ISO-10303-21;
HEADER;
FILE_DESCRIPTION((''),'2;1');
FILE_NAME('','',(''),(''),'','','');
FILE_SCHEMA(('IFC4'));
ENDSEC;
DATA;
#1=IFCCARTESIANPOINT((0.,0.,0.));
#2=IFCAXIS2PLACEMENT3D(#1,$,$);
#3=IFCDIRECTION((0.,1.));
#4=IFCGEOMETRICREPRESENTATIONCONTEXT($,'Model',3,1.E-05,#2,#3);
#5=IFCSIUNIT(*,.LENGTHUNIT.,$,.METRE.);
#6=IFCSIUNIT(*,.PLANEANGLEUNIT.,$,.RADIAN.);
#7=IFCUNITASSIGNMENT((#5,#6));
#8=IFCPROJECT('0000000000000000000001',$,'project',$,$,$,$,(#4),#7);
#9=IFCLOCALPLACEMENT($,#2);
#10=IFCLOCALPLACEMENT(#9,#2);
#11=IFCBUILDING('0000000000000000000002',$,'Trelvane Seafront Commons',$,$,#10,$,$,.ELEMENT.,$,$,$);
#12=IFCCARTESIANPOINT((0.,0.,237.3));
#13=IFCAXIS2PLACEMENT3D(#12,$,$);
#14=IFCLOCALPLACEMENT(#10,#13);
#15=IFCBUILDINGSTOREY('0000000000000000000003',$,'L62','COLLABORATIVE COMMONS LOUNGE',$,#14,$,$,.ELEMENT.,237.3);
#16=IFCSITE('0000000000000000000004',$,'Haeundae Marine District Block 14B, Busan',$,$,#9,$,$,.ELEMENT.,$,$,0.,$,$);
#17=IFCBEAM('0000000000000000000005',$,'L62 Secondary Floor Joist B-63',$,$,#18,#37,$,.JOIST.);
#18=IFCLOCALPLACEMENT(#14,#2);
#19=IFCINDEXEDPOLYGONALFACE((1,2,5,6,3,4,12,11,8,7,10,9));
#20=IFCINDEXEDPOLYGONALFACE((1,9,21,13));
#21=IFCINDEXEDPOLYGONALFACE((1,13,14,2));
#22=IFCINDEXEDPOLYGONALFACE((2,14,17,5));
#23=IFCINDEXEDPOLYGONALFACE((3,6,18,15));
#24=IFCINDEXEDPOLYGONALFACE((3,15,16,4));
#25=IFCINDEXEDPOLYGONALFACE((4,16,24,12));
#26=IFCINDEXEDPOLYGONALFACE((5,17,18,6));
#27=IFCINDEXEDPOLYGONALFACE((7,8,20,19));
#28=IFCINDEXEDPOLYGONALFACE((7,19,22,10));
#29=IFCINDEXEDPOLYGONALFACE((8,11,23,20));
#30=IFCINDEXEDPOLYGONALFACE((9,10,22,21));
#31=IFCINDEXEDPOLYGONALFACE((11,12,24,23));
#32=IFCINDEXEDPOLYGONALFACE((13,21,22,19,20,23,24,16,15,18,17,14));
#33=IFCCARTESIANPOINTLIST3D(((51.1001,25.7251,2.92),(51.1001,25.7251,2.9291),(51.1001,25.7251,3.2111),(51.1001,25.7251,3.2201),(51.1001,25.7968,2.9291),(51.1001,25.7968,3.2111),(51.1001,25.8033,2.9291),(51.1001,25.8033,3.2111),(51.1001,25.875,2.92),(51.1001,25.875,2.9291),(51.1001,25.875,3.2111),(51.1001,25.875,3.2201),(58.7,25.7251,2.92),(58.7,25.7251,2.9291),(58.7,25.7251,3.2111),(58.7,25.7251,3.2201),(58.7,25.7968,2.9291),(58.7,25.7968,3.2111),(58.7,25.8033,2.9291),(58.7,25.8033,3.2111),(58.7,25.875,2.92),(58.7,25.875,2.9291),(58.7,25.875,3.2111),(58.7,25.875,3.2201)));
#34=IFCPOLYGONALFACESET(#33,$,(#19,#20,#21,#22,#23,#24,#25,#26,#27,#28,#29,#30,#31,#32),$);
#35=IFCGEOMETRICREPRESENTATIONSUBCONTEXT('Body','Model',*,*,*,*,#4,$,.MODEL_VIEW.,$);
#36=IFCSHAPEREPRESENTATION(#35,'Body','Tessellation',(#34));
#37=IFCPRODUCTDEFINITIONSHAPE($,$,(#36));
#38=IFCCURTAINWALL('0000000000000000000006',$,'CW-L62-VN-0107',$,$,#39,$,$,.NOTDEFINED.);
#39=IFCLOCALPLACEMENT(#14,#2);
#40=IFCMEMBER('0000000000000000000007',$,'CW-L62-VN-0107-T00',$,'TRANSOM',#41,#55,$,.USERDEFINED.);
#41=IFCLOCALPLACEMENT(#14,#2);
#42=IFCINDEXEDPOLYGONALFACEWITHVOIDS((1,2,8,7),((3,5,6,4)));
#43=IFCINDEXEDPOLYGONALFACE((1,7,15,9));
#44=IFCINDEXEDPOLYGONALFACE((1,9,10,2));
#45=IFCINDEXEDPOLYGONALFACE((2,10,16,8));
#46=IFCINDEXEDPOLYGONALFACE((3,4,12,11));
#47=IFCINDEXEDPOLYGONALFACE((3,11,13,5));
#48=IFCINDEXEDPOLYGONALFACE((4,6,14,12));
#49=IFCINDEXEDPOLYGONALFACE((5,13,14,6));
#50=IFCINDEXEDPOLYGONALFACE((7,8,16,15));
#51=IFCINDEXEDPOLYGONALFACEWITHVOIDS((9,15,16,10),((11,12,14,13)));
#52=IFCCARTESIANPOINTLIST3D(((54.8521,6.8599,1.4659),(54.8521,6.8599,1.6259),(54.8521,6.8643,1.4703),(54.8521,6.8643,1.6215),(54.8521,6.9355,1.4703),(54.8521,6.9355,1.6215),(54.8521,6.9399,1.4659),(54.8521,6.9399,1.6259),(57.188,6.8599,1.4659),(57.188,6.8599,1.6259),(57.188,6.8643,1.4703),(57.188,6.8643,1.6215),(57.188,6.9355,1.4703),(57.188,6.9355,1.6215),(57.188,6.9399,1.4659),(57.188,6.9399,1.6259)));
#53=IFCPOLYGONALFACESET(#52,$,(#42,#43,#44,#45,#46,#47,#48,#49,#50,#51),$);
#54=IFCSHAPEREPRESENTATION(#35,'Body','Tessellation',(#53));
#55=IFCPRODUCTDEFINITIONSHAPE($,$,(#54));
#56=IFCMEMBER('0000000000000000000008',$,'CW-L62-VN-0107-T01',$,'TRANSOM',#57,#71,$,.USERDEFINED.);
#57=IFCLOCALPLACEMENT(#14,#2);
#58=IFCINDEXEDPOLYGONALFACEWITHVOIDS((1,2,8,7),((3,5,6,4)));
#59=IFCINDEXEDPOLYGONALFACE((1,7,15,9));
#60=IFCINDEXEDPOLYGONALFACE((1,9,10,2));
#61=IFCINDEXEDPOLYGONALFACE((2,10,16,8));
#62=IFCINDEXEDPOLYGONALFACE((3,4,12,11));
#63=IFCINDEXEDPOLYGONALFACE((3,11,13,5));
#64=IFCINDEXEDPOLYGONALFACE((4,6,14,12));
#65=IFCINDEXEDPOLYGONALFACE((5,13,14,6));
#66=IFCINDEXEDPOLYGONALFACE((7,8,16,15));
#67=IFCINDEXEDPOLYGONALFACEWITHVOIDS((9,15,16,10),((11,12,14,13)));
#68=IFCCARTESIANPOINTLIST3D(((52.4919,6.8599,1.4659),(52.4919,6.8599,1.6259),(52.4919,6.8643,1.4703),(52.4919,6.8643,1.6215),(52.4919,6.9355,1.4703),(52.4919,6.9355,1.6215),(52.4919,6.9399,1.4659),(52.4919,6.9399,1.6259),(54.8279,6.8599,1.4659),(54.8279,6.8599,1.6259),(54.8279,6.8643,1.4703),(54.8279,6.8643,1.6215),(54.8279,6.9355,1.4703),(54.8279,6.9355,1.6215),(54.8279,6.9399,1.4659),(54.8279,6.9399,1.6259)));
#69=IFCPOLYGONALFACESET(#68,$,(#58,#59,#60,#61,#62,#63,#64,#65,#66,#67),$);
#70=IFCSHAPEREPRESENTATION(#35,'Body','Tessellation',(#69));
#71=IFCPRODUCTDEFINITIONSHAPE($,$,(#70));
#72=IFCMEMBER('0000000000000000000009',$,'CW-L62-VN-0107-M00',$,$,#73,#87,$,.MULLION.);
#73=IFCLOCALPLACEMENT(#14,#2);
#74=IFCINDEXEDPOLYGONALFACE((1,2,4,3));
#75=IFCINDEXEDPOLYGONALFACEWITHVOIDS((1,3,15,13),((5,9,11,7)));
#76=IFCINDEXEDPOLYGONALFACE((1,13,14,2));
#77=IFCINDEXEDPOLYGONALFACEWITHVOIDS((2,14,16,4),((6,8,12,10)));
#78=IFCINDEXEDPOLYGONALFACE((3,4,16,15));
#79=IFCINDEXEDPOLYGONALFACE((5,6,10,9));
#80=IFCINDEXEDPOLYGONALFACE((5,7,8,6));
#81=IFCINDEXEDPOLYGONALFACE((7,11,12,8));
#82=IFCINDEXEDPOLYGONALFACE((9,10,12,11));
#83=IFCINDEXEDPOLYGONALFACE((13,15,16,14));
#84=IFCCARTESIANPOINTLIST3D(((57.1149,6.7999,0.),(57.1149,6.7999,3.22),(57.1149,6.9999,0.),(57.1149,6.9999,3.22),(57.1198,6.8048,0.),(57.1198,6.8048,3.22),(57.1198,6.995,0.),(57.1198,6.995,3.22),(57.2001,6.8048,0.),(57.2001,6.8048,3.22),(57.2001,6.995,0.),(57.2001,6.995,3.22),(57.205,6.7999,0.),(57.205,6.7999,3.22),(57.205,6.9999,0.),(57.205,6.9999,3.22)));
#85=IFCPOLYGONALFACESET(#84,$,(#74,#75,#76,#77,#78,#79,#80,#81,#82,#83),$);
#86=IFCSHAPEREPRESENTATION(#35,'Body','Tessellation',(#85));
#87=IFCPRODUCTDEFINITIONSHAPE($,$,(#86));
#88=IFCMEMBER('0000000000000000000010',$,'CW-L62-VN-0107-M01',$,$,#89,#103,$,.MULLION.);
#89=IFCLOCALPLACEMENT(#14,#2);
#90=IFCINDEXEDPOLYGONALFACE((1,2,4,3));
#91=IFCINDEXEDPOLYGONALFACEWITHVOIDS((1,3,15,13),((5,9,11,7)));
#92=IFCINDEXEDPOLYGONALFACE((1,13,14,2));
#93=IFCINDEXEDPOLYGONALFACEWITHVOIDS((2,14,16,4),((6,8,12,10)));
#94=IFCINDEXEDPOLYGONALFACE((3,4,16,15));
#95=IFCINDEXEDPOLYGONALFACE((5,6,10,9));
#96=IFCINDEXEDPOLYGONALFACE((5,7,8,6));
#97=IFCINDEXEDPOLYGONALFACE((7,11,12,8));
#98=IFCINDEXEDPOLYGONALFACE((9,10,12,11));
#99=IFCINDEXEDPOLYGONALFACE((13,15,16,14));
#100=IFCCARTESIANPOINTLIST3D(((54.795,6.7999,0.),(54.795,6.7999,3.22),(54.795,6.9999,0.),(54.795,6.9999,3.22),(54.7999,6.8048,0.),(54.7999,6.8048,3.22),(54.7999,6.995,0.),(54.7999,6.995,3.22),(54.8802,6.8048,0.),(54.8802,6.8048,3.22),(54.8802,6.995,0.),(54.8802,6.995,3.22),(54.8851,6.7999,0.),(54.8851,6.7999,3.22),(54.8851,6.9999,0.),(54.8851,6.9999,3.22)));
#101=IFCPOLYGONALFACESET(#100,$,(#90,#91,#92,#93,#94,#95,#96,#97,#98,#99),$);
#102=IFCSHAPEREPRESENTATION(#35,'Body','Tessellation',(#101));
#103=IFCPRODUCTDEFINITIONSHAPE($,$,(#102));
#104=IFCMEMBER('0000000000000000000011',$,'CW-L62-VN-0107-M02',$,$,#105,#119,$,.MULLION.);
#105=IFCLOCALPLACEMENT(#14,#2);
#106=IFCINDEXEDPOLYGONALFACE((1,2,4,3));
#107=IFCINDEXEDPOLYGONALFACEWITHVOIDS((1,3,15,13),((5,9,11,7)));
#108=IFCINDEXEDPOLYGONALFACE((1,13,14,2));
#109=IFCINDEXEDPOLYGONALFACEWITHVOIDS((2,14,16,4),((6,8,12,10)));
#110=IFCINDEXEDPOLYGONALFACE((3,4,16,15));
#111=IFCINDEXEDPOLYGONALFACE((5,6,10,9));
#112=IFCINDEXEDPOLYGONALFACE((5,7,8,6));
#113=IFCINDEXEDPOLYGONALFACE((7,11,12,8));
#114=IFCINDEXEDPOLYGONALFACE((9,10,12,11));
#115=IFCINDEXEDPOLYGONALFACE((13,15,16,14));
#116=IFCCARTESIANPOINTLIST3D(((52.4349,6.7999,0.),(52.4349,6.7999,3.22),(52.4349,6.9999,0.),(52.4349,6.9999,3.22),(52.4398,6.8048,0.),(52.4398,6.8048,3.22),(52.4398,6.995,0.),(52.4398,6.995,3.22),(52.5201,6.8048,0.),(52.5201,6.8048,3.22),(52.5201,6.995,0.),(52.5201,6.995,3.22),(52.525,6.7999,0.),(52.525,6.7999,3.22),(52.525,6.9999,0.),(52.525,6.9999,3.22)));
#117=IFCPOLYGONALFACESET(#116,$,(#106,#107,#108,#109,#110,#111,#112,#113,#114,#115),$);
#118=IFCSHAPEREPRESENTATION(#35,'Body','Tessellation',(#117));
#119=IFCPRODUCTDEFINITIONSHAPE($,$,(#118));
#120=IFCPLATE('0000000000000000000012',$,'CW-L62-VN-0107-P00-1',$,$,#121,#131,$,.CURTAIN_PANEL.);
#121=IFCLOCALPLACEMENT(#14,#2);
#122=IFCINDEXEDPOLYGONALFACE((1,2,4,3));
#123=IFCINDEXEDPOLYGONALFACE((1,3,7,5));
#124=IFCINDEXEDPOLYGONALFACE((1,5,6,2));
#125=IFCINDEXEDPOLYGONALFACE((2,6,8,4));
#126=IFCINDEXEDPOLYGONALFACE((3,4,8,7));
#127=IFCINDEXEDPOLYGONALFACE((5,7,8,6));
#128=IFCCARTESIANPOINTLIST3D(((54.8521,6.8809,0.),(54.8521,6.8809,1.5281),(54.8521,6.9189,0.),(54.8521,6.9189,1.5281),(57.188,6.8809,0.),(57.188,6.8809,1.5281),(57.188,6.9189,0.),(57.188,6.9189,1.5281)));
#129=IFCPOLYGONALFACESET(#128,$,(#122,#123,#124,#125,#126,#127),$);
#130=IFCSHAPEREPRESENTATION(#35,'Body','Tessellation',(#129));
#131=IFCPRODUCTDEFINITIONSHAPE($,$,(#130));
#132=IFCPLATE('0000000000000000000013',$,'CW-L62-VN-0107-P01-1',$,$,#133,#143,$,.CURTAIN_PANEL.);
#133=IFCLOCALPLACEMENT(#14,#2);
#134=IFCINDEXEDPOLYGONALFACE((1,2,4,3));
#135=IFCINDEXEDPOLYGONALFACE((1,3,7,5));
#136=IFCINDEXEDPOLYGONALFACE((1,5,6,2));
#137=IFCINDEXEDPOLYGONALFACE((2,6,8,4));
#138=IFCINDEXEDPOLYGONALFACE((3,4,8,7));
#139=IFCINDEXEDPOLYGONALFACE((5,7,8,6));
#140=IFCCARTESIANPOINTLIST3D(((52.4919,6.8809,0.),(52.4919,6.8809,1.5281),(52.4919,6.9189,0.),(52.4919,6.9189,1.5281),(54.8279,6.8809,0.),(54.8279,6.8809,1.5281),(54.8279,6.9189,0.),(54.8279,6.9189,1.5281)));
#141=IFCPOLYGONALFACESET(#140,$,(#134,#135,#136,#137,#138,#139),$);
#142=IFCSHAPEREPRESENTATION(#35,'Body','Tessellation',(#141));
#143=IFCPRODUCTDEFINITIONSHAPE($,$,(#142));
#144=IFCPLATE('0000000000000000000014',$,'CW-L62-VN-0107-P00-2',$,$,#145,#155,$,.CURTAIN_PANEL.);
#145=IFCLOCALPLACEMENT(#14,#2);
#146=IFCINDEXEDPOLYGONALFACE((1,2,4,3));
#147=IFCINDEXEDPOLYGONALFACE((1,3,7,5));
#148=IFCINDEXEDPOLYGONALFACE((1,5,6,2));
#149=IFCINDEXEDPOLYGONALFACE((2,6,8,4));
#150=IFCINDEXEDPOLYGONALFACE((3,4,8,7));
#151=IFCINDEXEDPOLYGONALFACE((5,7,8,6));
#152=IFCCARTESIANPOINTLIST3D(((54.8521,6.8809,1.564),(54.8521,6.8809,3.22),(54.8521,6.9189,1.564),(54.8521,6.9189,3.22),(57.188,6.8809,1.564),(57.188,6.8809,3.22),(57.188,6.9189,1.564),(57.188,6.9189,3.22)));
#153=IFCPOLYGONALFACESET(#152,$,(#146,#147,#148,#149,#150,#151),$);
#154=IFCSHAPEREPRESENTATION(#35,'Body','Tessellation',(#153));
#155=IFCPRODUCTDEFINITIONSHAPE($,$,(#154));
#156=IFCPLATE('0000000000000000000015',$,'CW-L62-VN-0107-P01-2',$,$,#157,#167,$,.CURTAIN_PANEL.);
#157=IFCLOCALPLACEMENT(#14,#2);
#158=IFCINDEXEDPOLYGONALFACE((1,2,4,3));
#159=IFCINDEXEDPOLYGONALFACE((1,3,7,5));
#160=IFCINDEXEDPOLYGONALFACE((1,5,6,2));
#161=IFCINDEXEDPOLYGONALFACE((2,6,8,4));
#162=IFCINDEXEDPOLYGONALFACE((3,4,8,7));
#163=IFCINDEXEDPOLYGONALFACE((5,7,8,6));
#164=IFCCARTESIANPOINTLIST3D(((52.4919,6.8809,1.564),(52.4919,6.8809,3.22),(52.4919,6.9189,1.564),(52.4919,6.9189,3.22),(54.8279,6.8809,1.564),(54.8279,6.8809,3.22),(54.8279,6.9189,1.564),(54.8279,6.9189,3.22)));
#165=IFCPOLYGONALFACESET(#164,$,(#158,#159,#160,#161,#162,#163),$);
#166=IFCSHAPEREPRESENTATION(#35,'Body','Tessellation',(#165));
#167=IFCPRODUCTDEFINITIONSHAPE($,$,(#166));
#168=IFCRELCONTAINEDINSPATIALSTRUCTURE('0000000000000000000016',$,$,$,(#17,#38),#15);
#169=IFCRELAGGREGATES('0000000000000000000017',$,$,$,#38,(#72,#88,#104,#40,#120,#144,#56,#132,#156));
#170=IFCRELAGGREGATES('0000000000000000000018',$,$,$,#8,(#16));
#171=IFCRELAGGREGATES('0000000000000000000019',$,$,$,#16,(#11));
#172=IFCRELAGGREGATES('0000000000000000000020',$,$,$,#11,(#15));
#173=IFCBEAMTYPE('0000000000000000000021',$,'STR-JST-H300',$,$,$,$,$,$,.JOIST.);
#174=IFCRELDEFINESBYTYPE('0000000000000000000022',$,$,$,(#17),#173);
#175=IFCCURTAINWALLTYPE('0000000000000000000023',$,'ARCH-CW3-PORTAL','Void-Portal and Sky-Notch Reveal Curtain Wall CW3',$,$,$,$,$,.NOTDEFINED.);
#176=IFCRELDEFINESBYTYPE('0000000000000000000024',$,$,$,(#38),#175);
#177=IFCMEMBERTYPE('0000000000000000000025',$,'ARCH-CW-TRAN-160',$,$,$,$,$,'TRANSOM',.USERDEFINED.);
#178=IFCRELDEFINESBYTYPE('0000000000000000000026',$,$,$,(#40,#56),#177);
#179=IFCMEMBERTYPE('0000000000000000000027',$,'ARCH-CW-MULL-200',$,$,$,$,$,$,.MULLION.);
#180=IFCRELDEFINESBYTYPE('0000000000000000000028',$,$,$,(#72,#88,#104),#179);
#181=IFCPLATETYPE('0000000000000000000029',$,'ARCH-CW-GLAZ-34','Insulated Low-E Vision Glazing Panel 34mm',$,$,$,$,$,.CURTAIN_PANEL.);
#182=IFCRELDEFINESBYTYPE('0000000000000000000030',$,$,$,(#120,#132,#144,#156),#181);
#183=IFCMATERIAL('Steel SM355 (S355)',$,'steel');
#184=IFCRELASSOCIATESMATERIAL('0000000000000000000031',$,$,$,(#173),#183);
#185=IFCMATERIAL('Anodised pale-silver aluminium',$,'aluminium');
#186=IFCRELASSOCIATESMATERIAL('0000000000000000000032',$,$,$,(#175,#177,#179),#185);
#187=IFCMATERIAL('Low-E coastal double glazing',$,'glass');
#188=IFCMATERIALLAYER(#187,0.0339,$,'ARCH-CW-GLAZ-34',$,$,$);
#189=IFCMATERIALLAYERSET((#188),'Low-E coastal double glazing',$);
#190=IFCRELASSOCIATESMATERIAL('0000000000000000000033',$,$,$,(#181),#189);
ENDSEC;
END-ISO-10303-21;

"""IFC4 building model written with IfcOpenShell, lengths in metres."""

from ifc_helpers import new_model, si_unit, direction, frame, origin, origin_2d, place, context, subcontext, project, spatial, rectangle, hollow_rectangle, i_section, extrude, source, transform, mapped, material, layer, layer_set, material_profile, profile_set, type_object, element, aggregate, save


model = new_model("IFC4")

# Units and contexts
model_context = context("Model", 3, precision=1e-05, world=origin(), true_north=direction((0.0, 1.0)))
body_context = subcontext(model_context, "Body", "Model", "MODEL_VIEW")
ifc_project = project(units=[si_unit("LENGTHUNIT", "METRE"), si_unit("PLANEANGLEUNIT", "RADIAN")], contexts=[model_context])

# Site, building, storey
site_placement = place(None, origin())
site = spatial("IfcSite", under=ifc_project, at=site_placement, Name="Haeundae Marine District Block 14B, Busan", CompositionType="ELEMENT", RefElevation=0.0)
building_placement = place(site_placement, origin())
building = spatial("IfcBuilding", under=site, at=building_placement, Name="Trelvane Seafront Commons", CompositionType="ELEMENT")
storey_placement = place(building_placement, frame((0.0, 0.0, 237.3)))
storey = spatial("IfcBuildingStorey", under=building, at=storey_placement, Name="L62", Description="COLLABORATIVE COMMONS LOUNGE", CompositionType="ELEMENT", Elevation=237.3)

# Shared definitions
ifc_material_1 = material(Name="Steel SM355 (S355)", Category="steel")

# Beam
ifc_material_profile_1 = material_profile(ifc_material_1, i_section(OverallWidth=0.1499, OverallDepth=0.3, WebThickness=0.0066, FlangeThickness=0.009, at=origin_2d()), Name="H-300x150x6.5x9")
ifc_profile_set_1 = profile_set([ifc_material_profile_1], Name="Steel SM355 (S355)")
beam_type_1 = type_object("IfcBeamType", Name="STR-JST-H300", PredefinedType="JOIST", material=ifc_profile_set_1)
shared_shape_1 = source(origin(), body_context, "Body", "SweptSolid", [
    extrude(i_section(OverallWidth=0.1499, OverallDepth=0.3, WebThickness=0.0066, FlangeThickness=0.009, at=origin_2d()), origin(), (0.0, 0.0, 1.0), 7.5999),
])
beam_1_placement = place(storey_placement, frame((51.1001, 25.8, 3.0701), z_axis=(1.0, 0.0, 0.0), x_axis=(0.0, 1.0, 0.0)))
element("IfcBeam", 1, at=beam_1_placement, inside=storey, type_object=beam_type_1, Name="L62 Secondary Floor Joist B-63", PredefinedType="JOIST", context=body_context, shape_type="MappedRepresentation", body=[
    mapped(shared_shape_1, transform((0.0, 0.0, 0.0), x_axis=(1.0, 0.0, 0.0), y_axis=(0.0, 1.0, 0.0), z_axis=(0.0, 0.0, 1.0), scale=1.0)),
])

# Curtain wall, members, plates
ifc_material_2 = material(Name="Anodised pale-silver aluminium", Category="aluminium")
curtain_wall_type = type_object("IfcCurtainWallType", Name="ARCH-CW3-PORTAL", Description="Void-Portal and Sky-Notch Reveal Curtain Wall CW3", PredefinedType="NOTDEFINED", material=ifc_material_2)
curtain_wall_placement = place(storey_placement, origin())
curtain_wall = element("IfcCurtainWall", 2, at=curtain_wall_placement, inside=storey, type_object=curtain_wall_type, Name="CW-L62-VN-0107", PredefinedType="NOTDEFINED")
ifc_material_profile_2 = material_profile(ifc_material_2, hollow_rectangle(XDim=0.0801, YDim=0.1599, WallThickness=0.0044, at=origin_2d()), Name="TRAN-80x160x4.5")
ifc_profile_set_2 = profile_set([ifc_material_profile_2], Name="Anodised pale-silver aluminium")
member_type_1 = type_object("IfcMemberType", Name="ARCH-CW-TRAN-160", ElementType="TRANSOM", PredefinedType="USERDEFINED", material=ifc_profile_set_2)
shared_shape_2 = source(origin(), body_context, "Body", "SweptSolid", [
    extrude(hollow_rectangle(XDim=0.0801, YDim=0.1599, WallThickness=0.0044, at=origin_2d()), origin(), (0.0, 0.0, 1.0), 2.3359),
])
member_1_placement = place(storey_placement, frame((57.188, 6.8999, 1.5459), z_axis=(-1.0, 0.0, 0.0), x_axis=(0.0, -1.0, 0.0)))
member_1 = element("IfcMember", 3, at=member_1_placement, type_object=member_type_1, Name="CW-L62-VN-0107-T00", ObjectType="TRANSOM", PredefinedType="USERDEFINED", context=body_context, shape_type="MappedRepresentation", body=[
    mapped(shared_shape_2, transform((0.0, 0.0, 0.0), x_axis=(1.0, 0.0, 0.0), y_axis=(0.0, 1.0, 0.0), z_axis=(0.0, 0.0, 1.0), scale=1.0)),
])
member_2_placement = place(storey_placement, frame((54.8279, 6.8999, 1.5459), z_axis=(-1.0, 0.0, 0.0), x_axis=(0.0, -1.0, 0.0)))
member_2 = element("IfcMember", 4, at=member_2_placement, type_object=member_type_1, Name="CW-L62-VN-0107-T01", ObjectType="TRANSOM", PredefinedType="USERDEFINED", context=body_context, shape_type="MappedRepresentation", body=[
    mapped(shared_shape_2, transform((0.0, 0.0, 0.0), x_axis=(1.0, 0.0, 0.0), y_axis=(0.0, 1.0, 0.0), z_axis=(0.0, 0.0, 1.0), scale=1.0)),
])
ifc_material_profile_3 = material_profile(ifc_material_2, hollow_rectangle(XDim=0.0901, YDim=0.2, WallThickness=0.0049, at=origin_2d()), Name="MULL-90x200x5")
ifc_profile_set_3 = profile_set([ifc_material_profile_3], Name="Anodised pale-silver aluminium")
member_type_2 = type_object("IfcMemberType", Name="ARCH-CW-MULL-200", PredefinedType="MULLION", material=ifc_profile_set_3)
shared_shape_3 = source(origin(), body_context, "Body", "SweptSolid", [
    extrude(hollow_rectangle(XDim=0.0901, YDim=0.2, WallThickness=0.0049, at=origin_2d()), origin(), (0.0, 0.0, 1.0), 3.22),
])
member_3_placement = place(storey_placement, frame((57.1599, 6.8999, 0.0), z_axis=(0.0, 0.0, 1.0), x_axis=(1.0, 0.0, 0.0)))
member_3 = element("IfcMember", 5, at=member_3_placement, type_object=member_type_2, Name="CW-L62-VN-0107-M00", PredefinedType="MULLION", context=body_context, shape_type="MappedRepresentation", body=[
    mapped(shared_shape_3, transform((0.0, 0.0, 0.0), x_axis=(1.0, 0.0, 0.0), y_axis=(0.0, 1.0, 0.0), z_axis=(0.0, 0.0, 1.0), scale=1.0)),
])
member_4_placement = place(storey_placement, frame((54.8401, 6.8999, 0.0), z_axis=(0.0, 0.0, 1.0), x_axis=(1.0, 0.0, 0.0)))
member_4 = element("IfcMember", 6, at=member_4_placement, type_object=member_type_2, Name="CW-L62-VN-0107-M01", PredefinedType="MULLION", context=body_context, shape_type="MappedRepresentation", body=[
    mapped(shared_shape_3, transform((0.0, 0.0, 0.0), x_axis=(1.0, 0.0, 0.0), y_axis=(0.0, 1.0, 0.0), z_axis=(0.0, 0.0, 1.0), scale=1.0)),
])
member_5_placement = place(storey_placement, frame((52.48, 6.8999, 0.0), z_axis=(0.0, 0.0, 1.0), x_axis=(1.0, 0.0, 0.0)))
member_5 = element("IfcMember", 7, at=member_5_placement, type_object=member_type_2, Name="CW-L62-VN-0107-M02", PredefinedType="MULLION", context=body_context, shape_type="MappedRepresentation", body=[
    mapped(shared_shape_3, transform((0.0, 0.0, 0.0), x_axis=(1.0, 0.0, 0.0), y_axis=(0.0, 1.0, 0.0), z_axis=(0.0, 0.0, 1.0), scale=1.0)),
])
ifc_material_3 = material(Name="Low-E coastal double glazing", Category="glass")
ifc_layer_1 = layer(ifc_material_3, 0.0339, Name="ARCH-CW-GLAZ-34")
ifc_layer_set_1 = layer_set([ifc_layer_1], Name="Low-E coastal double glazing")
plate_type_1 = type_object("IfcPlateType", Name="ARCH-CW-GLAZ-34", Description="Insulated Low-E Vision Glazing Panel 34mm", PredefinedType="CURTAIN_PANEL", material=ifc_layer_set_1)
shared_shape_4 = source(origin(), body_context, "Body", "SweptSolid", [
    extrude(rectangle(XDim=2.3359, YDim=0.0381, at=origin_2d()), origin(), (0.0, 0.0, 1.0), 1.5281),
])
plate_1_placement = place(storey_placement, frame((56.02, 6.8999, 0.0), z_axis=(0.0, 0.0, 1.0), x_axis=(-1.0, 0.0, 0.0)))
plate_1 = element("IfcPlate", 8, at=plate_1_placement, type_object=plate_type_1, Name="CW-L62-VN-0107-P00-1", PredefinedType="CURTAIN_PANEL", context=body_context, shape_type="MappedRepresentation", body=[
    mapped(shared_shape_4, transform((0.0, 0.0, 0.0), x_axis=(1.0, 0.0, 0.0), y_axis=(0.0, 1.0, 0.0), z_axis=(0.0, 0.0, 1.0), scale=1.0)),
])
plate_2_placement = place(storey_placement, frame((53.6599, 6.8999, 0.0), z_axis=(0.0, 0.0, 1.0), x_axis=(-1.0, 0.0, 0.0)))
plate_2 = element("IfcPlate", 9, at=plate_2_placement, type_object=plate_type_1, Name="CW-L62-VN-0107-P01-1", PredefinedType="CURTAIN_PANEL", context=body_context, shape_type="MappedRepresentation", body=[
    mapped(shared_shape_4, transform((0.0, 0.0, 0.0), x_axis=(1.0, 0.0, 0.0), y_axis=(0.0, 1.0, 0.0), z_axis=(0.0, 0.0, 1.0), scale=1.0)),
])
shared_shape_5 = source(origin(), body_context, "Body", "SweptSolid", [
    extrude(rectangle(XDim=2.3359, YDim=0.0381, at=origin_2d()), origin(), (0.0, 0.0, 1.0), 1.656),
])
plate_3_placement = place(storey_placement, frame((56.02, 6.8999, 1.564), z_axis=(0.0, 0.0, 1.0), x_axis=(-1.0, 0.0, 0.0)))
plate_3 = element("IfcPlate", 10, at=plate_3_placement, type_object=plate_type_1, Name="CW-L62-VN-0107-P00-2", PredefinedType="CURTAIN_PANEL", context=body_context, shape_type="MappedRepresentation", body=[
    mapped(shared_shape_5, transform((0.0, 0.0, 0.0), x_axis=(1.0, 0.0, 0.0), y_axis=(0.0, 1.0, 0.0), z_axis=(0.0, 0.0, 1.0), scale=1.0)),
])
plate_4_placement = place(storey_placement, frame((53.6599, 6.8999, 1.564), z_axis=(0.0, 0.0, 1.0), x_axis=(-1.0, 0.0, 0.0)))
plate_4 = element("IfcPlate", 11, at=plate_4_placement, type_object=plate_type_1, Name="CW-L62-VN-0107-P01-2", PredefinedType="CURTAIN_PANEL", context=body_context, shape_type="MappedRepresentation", body=[
    mapped(shared_shape_5, transform((0.0, 0.0, 0.0), x_axis=(1.0, 0.0, 0.0), y_axis=(0.0, 1.0, 0.0), z_axis=(0.0, 0.0, 1.0), scale=1.0)),
])
aggregate(curtain_wall, [member_3, member_4, member_5, member_1, plate_1, plate_3, member_2, plate_2, plate_4])

save(model, "model.ifc")
